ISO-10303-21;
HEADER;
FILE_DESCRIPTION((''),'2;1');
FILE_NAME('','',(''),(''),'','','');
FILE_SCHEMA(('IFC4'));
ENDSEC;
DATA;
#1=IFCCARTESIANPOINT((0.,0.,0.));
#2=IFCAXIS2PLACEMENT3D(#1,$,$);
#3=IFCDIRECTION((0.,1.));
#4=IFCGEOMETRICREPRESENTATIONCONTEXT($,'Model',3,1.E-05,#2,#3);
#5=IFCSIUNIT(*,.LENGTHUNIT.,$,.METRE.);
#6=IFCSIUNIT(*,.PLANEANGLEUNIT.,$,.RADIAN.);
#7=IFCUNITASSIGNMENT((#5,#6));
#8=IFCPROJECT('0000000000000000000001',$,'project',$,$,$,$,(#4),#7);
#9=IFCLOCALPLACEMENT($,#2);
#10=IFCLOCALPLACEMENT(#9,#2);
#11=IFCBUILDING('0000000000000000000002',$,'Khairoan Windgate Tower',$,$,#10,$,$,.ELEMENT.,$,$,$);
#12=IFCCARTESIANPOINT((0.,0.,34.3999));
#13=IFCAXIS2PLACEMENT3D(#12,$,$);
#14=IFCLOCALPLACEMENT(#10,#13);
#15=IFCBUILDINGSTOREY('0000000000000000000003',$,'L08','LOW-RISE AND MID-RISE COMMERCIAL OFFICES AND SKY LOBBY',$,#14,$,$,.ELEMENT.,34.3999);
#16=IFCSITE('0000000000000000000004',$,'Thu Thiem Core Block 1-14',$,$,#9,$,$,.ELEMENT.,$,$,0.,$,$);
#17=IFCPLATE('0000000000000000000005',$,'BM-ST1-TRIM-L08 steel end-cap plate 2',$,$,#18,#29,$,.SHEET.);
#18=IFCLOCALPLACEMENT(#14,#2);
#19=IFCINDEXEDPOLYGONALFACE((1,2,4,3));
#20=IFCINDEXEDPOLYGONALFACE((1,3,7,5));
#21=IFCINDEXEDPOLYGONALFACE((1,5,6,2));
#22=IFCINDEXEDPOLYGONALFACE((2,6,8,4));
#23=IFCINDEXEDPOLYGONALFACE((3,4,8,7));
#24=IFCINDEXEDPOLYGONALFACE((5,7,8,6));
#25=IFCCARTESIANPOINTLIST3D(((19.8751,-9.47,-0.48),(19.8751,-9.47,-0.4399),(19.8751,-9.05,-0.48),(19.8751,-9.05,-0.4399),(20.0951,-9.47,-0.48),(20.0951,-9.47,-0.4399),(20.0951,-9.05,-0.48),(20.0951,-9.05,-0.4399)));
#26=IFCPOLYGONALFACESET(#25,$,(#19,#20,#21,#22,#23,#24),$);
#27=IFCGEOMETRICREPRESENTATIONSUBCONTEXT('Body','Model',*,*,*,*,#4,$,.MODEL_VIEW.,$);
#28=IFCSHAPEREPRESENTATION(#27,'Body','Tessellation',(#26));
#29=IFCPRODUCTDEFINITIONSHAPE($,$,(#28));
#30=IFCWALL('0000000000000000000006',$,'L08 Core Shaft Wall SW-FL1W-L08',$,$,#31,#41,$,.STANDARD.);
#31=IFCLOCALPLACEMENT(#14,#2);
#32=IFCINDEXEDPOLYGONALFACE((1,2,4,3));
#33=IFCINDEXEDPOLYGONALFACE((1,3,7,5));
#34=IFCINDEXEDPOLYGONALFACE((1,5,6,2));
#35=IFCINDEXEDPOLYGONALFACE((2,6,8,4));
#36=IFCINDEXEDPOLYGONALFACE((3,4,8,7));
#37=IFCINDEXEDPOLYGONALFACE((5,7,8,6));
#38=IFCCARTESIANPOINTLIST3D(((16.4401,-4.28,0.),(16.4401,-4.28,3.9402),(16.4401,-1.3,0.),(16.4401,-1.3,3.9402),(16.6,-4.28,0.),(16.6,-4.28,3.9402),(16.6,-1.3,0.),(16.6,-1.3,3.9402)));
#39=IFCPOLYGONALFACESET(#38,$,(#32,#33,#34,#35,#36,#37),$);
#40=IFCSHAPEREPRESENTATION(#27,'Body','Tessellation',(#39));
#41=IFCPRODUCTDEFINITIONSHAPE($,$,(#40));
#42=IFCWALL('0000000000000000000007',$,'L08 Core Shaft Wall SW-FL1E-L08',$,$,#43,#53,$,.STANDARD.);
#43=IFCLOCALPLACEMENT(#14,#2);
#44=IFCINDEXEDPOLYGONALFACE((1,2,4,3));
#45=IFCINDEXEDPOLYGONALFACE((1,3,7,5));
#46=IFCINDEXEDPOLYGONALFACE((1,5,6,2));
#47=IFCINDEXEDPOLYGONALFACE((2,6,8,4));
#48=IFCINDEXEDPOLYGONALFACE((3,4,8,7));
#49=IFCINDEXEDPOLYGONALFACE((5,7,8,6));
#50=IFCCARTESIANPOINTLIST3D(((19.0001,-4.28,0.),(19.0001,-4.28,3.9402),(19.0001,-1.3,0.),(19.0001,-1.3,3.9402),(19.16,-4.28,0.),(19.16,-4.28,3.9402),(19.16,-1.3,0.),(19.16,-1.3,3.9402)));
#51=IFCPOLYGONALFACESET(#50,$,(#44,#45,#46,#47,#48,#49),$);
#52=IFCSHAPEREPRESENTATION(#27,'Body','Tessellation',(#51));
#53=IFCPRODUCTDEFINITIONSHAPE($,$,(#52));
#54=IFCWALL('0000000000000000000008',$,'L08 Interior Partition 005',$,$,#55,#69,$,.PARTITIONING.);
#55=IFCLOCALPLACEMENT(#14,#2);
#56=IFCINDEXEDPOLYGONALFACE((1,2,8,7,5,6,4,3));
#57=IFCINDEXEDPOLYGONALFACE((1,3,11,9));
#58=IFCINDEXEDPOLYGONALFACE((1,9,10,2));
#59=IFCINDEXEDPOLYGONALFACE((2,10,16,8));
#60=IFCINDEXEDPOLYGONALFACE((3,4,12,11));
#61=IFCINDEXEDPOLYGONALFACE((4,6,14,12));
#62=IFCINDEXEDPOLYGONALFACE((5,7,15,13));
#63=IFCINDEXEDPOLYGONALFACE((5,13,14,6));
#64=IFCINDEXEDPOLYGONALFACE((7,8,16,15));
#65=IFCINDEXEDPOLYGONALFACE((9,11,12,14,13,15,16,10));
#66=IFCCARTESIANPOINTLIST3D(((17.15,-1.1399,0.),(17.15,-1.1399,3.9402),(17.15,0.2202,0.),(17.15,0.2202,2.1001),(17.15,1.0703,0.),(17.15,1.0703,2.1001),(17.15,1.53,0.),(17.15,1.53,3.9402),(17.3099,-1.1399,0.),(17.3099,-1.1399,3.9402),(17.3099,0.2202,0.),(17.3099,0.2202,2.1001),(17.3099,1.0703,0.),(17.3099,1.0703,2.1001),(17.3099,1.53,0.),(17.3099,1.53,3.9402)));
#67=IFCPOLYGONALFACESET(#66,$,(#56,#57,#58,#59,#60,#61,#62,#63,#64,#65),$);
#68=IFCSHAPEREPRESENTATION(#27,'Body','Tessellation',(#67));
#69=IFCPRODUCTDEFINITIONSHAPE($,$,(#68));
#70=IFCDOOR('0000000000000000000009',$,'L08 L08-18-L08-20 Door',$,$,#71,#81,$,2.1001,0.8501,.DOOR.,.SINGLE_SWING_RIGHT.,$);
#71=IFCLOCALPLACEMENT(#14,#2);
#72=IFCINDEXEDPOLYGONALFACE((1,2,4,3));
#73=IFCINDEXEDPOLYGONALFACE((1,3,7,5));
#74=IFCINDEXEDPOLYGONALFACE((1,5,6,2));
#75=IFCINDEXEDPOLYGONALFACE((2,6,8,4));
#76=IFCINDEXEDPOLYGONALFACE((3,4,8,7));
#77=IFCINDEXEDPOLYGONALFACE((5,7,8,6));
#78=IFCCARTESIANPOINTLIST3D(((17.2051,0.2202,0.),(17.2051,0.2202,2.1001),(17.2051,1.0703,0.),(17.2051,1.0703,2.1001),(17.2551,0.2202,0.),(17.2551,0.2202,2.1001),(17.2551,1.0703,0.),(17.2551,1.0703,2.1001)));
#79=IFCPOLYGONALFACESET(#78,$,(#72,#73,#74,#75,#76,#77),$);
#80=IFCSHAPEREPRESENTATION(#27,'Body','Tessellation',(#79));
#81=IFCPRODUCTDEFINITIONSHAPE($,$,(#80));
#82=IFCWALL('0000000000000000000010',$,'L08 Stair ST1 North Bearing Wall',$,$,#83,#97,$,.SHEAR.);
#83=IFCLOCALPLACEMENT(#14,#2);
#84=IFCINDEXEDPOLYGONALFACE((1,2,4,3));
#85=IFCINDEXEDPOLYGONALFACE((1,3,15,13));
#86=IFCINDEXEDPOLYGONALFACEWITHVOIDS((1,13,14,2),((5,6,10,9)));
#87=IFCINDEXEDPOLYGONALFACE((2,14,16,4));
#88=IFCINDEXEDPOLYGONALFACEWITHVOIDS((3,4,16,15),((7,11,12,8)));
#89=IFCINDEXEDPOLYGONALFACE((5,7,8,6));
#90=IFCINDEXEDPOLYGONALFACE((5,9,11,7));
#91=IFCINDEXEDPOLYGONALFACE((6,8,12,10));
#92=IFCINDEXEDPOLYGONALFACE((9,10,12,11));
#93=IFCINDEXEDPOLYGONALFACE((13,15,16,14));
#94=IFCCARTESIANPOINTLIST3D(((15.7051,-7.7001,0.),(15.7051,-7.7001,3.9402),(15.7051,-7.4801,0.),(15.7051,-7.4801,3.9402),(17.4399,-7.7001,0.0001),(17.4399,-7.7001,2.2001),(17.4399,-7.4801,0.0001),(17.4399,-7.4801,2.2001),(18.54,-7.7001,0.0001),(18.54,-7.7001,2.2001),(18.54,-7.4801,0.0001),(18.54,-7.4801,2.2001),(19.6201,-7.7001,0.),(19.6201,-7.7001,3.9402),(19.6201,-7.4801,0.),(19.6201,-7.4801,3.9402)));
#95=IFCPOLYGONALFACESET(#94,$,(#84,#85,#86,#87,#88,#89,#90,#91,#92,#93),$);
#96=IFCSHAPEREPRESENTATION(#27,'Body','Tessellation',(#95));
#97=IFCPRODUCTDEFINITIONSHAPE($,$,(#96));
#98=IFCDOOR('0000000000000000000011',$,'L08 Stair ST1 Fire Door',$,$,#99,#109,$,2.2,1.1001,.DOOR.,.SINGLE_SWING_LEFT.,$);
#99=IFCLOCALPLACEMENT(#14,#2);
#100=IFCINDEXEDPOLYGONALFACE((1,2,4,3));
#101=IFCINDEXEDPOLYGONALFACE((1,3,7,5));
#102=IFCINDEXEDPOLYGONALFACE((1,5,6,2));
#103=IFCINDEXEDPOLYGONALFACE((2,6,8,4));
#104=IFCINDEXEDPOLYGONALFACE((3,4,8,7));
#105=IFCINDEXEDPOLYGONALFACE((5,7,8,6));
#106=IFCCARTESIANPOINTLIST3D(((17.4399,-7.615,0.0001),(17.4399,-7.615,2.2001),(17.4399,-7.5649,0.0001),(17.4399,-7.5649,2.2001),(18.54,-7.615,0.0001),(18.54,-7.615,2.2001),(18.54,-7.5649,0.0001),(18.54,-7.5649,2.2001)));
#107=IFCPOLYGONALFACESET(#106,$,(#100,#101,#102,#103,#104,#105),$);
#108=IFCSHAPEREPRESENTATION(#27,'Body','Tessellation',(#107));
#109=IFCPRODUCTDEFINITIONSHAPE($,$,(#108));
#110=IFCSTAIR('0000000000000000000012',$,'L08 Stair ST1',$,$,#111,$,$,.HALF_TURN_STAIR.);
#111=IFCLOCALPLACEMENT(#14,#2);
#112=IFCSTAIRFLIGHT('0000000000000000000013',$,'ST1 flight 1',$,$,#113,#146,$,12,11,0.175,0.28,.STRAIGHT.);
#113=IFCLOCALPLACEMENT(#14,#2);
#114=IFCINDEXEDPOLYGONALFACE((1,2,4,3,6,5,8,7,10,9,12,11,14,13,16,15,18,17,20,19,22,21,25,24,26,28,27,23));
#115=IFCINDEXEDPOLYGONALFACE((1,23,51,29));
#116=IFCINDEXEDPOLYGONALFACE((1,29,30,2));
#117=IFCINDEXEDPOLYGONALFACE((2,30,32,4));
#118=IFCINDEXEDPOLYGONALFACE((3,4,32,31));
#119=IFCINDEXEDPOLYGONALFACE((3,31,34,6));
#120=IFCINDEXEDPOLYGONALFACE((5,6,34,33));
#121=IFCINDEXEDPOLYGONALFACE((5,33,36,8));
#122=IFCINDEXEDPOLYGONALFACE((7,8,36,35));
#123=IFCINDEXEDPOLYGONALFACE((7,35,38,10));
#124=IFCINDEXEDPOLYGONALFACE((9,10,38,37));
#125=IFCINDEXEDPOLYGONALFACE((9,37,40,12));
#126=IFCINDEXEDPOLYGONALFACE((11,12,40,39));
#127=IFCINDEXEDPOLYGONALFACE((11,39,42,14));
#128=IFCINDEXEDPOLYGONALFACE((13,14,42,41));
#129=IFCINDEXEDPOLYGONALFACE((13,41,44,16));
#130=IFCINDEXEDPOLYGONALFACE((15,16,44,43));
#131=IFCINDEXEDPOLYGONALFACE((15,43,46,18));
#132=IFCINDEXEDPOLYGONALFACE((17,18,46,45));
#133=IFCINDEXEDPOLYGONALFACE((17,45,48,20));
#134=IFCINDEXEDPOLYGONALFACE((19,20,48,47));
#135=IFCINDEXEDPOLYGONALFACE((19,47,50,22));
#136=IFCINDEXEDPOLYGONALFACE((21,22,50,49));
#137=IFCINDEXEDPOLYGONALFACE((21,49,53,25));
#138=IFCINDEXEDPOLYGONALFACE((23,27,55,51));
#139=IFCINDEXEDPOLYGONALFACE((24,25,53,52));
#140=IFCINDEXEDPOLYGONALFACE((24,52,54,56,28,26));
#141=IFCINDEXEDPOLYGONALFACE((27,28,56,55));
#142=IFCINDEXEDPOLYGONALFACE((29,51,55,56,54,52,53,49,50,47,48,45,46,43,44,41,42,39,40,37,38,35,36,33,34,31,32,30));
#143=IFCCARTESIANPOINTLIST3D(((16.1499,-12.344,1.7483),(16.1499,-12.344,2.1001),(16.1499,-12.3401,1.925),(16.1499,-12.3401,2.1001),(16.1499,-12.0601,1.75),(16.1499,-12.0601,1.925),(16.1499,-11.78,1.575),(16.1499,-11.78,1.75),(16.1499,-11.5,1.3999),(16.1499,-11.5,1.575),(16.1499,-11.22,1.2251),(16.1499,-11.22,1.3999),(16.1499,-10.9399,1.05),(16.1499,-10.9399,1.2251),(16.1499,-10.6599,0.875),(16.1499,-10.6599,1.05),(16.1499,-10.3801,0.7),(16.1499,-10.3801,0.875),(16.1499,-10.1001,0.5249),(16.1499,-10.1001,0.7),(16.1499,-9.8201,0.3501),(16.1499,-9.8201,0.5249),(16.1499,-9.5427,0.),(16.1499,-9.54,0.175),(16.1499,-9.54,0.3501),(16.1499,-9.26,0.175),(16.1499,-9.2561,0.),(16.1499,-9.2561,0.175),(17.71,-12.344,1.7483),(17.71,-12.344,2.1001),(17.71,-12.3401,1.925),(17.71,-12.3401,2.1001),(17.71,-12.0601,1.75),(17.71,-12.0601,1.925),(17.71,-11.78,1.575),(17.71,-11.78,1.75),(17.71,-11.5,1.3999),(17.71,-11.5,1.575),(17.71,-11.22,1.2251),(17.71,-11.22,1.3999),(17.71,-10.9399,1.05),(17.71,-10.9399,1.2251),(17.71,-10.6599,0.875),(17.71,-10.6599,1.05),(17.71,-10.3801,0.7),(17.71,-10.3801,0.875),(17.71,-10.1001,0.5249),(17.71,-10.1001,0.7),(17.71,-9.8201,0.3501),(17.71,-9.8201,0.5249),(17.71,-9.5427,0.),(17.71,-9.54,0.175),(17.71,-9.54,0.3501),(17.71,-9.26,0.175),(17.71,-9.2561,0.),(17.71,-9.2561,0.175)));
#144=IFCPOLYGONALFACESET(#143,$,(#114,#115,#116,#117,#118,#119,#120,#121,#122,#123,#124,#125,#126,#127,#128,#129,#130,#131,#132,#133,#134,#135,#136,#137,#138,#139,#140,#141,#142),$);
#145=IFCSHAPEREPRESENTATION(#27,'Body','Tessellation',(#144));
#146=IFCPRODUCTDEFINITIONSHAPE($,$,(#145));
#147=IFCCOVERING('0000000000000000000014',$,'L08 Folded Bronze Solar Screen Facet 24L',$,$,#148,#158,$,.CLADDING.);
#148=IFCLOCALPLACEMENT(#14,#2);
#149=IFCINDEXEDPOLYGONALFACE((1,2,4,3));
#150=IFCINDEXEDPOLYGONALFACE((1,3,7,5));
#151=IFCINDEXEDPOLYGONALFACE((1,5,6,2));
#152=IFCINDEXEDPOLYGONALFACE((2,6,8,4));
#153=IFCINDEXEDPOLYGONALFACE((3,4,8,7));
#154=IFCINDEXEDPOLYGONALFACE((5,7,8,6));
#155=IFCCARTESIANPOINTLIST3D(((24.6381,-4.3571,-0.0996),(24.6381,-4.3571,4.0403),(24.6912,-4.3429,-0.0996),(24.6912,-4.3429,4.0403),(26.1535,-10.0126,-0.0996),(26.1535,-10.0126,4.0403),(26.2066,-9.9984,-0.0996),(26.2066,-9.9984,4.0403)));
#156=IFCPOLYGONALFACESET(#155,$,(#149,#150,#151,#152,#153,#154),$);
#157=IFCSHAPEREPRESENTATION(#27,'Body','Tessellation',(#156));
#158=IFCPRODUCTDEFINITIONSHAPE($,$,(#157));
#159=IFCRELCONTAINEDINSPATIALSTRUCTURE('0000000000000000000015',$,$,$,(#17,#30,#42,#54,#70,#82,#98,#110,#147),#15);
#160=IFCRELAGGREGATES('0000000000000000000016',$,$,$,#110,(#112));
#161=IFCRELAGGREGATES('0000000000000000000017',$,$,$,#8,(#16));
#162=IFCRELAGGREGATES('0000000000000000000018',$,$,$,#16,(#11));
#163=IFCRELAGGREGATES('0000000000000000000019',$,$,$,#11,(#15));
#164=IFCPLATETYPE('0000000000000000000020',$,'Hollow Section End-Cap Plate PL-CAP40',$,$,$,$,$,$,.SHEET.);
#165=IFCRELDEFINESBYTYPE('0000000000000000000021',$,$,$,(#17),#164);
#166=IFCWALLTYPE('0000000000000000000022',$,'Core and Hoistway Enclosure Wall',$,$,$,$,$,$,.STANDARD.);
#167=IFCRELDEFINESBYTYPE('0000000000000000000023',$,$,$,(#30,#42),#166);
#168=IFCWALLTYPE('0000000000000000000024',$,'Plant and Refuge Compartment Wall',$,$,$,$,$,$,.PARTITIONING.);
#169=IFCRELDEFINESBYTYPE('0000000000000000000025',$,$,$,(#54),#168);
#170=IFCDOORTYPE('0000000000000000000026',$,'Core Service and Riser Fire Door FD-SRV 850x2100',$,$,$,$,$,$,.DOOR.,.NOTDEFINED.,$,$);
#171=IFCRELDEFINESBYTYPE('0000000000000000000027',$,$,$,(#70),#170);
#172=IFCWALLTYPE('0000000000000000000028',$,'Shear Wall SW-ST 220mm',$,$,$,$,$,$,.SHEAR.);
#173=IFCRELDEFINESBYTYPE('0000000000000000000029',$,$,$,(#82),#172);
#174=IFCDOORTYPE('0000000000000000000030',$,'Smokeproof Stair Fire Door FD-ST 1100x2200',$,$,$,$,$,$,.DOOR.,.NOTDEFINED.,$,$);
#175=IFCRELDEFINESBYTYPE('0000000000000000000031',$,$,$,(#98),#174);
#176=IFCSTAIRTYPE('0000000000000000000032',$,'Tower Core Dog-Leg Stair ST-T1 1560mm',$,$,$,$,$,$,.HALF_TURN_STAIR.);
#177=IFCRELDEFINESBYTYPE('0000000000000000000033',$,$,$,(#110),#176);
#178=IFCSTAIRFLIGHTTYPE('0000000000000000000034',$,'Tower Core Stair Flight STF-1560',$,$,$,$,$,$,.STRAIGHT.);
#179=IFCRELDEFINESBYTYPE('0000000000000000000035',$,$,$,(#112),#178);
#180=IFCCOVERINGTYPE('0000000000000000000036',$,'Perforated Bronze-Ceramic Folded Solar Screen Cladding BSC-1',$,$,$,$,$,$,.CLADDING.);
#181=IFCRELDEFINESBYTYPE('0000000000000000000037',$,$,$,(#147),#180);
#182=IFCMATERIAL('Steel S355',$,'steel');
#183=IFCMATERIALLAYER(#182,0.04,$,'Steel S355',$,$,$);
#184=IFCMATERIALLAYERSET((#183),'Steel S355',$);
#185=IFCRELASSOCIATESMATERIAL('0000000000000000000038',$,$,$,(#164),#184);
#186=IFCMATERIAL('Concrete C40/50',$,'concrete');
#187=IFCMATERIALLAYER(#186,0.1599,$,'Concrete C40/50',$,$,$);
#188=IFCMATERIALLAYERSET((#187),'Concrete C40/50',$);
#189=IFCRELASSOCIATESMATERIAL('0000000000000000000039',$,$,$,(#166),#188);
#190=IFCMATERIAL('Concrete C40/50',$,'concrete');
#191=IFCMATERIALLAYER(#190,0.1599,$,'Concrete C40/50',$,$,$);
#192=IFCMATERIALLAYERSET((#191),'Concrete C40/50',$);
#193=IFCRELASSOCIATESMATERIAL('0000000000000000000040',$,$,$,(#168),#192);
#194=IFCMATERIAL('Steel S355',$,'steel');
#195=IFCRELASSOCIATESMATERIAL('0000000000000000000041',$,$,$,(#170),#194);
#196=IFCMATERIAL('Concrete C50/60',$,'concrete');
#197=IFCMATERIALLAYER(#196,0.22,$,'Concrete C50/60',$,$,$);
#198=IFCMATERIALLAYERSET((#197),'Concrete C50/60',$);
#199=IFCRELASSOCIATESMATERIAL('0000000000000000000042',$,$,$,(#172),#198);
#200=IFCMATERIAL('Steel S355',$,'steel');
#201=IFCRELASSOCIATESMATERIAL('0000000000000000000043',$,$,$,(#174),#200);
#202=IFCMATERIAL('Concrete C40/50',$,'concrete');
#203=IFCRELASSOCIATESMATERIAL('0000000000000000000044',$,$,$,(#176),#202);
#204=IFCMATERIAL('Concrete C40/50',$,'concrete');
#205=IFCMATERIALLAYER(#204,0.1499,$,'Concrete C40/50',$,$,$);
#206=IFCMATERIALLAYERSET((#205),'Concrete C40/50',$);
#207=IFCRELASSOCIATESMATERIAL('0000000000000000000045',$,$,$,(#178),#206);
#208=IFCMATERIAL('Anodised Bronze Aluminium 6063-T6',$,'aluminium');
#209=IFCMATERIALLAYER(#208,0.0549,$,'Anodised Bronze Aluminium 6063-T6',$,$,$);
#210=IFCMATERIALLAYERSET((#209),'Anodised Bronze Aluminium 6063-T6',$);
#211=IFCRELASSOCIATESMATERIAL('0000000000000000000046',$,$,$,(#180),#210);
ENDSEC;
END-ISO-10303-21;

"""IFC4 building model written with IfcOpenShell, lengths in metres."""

from ifc_helpers import new_model, si_unit, direction, frame, frame_2d, origin, origin_2d, place, context, subcontext, project, spatial, polyline, rectangle, outline, extrude, material, layer, layer_set, type_object, element, fill, aggregate, save


model = new_model("IFC4")

# Units and contexts
model_context = context("Model", 3, precision=1e-05, world=origin(), true_north=direction((0.0, 1.0)))
body_context = subcontext(model_context, "Body", "Model", "MODEL_VIEW")
ifc_project = project(units=[si_unit("LENGTHUNIT", "METRE"), si_unit("PLANEANGLEUNIT", "RADIAN")], contexts=[model_context])

# Site, building, storey
site_placement = place(None, origin())
site = spatial("IfcSite", under=ifc_project, at=site_placement, Name="Thu Thiem Core Block 1-14", CompositionType="ELEMENT", RefElevation=0.0)
building_placement = place(site_placement, origin())
building = spatial("IfcBuilding", under=site, at=building_placement, Name="Khairoan Windgate Tower", CompositionType="ELEMENT")
storey_placement = place(building_placement, frame((0.0, 0.0, 34.3999)))
storey = spatial("IfcBuildingStorey", under=building, at=storey_placement, Name="L08", Description="LOW-RISE AND MID-RISE COMMERCIAL OFFICES AND SKY LOBBY", CompositionType="ELEMENT", Elevation=34.3999)

# Plate
ifc_material_1 = material(Name="Steel S355", Category="steel")
ifc_layer_1 = layer(ifc_material_1, 0.04, Name="Steel S355")
ifc_layer_set_1 = layer_set([ifc_layer_1], Name="Steel S355")
plate_type = type_object("IfcPlateType", Name="Hollow Section End-Cap Plate PL-CAP40", PredefinedType="SHEET", material=ifc_layer_set_1)
for number, where, z_axis, x_axis, name in (
    (1, (19.9851, -9.26, -0.48), (0.0, 0.0, 1.0), (1.0, 0.0, 0.0), "BM-ST1-TRIM-L08 steel end-cap plate 2"),
):
    element("IfcPlate", number, at=place(storey_placement, frame(where, z_axis=z_axis, x_axis=x_axis)), inside=storey, type_object=plate_type, Name=name, PredefinedType="SHEET", context=body_context, shape_type="SweptSolid", body=[
        extrude(rectangle(XDim=0.22, YDim=0.4199, at=origin_2d()), origin(), (0.0, 0.0, 1.0), 0.04),
    ])

# Walls
ifc_material_2 = material(Name="Concrete C40/50", Category="concrete")
ifc_layer_2 = layer(ifc_material_2, 0.1599, Name="Concrete C40/50")
ifc_layer_set_2 = layer_set([ifc_layer_2], Name="Concrete C40/50")
wall_type_1 = type_object("IfcWallType", Name="Core and Hoistway Enclosure Wall", PredefinedType="STANDARD", material=ifc_layer_set_2)
for number, where, z_axis, x_axis, name in (
    (2, (16.52, -4.28, 0.0), (0.0, 0.0, 1.0), (0.0, 1.0, 0.0), "L08 Core Shaft Wall SW-FL1W-L08"),
    (3, (19.0801, -4.28, 0.0), (0.0, 0.0, 1.0), (0.0, 1.0, 0.0), "L08 Core Shaft Wall SW-FL1E-L08"),
):
    element("IfcWall", number, at=place(storey_placement, frame(where, z_axis=z_axis, x_axis=x_axis)), inside=storey, type_object=wall_type_1, Name=name, PredefinedType="STANDARD", context=body_context, shape_type="SweptSolid", body=[
        extrude(rectangle(XDim=2.98, YDim=0.1599, at=frame_2d((1.49, 0.0))), origin(), (0.0, 0.0, 1.0), 3.9402),
    ])

# Walls, openings, doors
ifc_material_3 = material(Name="Concrete C40/50", Category="concrete")
ifc_layer_3 = layer(ifc_material_3, 0.1599, Name="Concrete C40/50")
ifc_layer_set_3 = layer_set([ifc_layer_3], Name="Concrete C40/50")
wall_type_2 = type_object("IfcWallType", Name="Plant and Refuge Compartment Wall", PredefinedType="PARTITIONING", material=ifc_layer_set_3)
wall_1_placement = place(storey_placement, frame((17.23, -1.1399, 0.0), z_axis=(0.0, 0.0, 1.0), x_axis=(0.0, 1.0, 0.0)))
wall_1 = element("IfcWall", 4, at=wall_1_placement, inside=storey, type_object=wall_type_2, Name="L08 Interior Partition 005", PredefinedType="PARTITIONING", context=body_context, shape_type="SweptSolid", body=[
    extrude(rectangle(XDim=2.6699, YDim=0.1599, at=frame_2d((1.335, 0.0))), origin(), (0.0, 0.0, 1.0), 3.9402),
])
opening_1_placement = place(wall_1_placement, frame((1.3601, 0.0, 0.0)))
opening_1 = element("IfcOpeningElement", 5, at=opening_1_placement, cuts=wall_1, PredefinedType="OPENING", context=body_context, shape_type="SweptSolid", body=[
    extrude(rectangle(XDim=0.8501, YDim=2.1001, at=frame_2d((0.425, 1.05))), frame((0.0, 0.0898, 0.0), z_axis=(0.0, -1.0, 0.0), x_axis=(1.0, 0.0, 0.0)), (0.0, 0.0, 1.0), 0.1799),
])
ifc_material_4 = material(Name="Steel S355", Category="steel")
door_type_1 = type_object("IfcDoorType", Name="Core Service and Riser Fire Door FD-SRV 850x2100", OperationType="NOTDEFINED", PredefinedType="DOOR", material=ifc_material_4)
door_1_placement = place(opening_1_placement, origin())
door_1 = element("IfcDoor", 6, at=door_1_placement, inside=storey, type_object=door_type_1, Name="L08 L08-18-L08-20 Door", OperationType="SINGLE_SWING_RIGHT", OverallHeight=2.1001, OverallWidth=0.8501, PredefinedType="DOOR", context=body_context, shape_type="SweptSolid", body=[
    extrude(rectangle(XDim=0.8501, YDim=2.1001, at=frame_2d((0.425, 1.05))), frame((0.0, 0.0249, 0.0), z_axis=(0.0, -1.0, 0.0), x_axis=(1.0, 0.0, 0.0)), (0.0, 0.0, 1.0), 0.05),
])
fill(opening_1, door_1)
ifc_material_5 = material(Name="Concrete C50/60", Category="concrete")
ifc_layer_4 = layer(ifc_material_5, 0.22, Name="Concrete C50/60")
ifc_layer_set_4 = layer_set([ifc_layer_4], Name="Concrete C50/60")
wall_type_3 = type_object("IfcWallType", Name="Shear Wall SW-ST 220mm", PredefinedType="SHEAR", material=ifc_layer_set_4)
wall_2_placement = place(storey_placement, frame((19.6201, -7.5901, 0.0), z_axis=(0.0, 0.0, 1.0), x_axis=(-1.0, 0.0, 0.0)))
wall_2 = element("IfcWall", 7, at=wall_2_placement, inside=storey, type_object=wall_type_3, Name="L08 Stair ST1 North Bearing Wall", PredefinedType="SHEAR", context=body_context, shape_type="SweptSolid", body=[
    extrude(rectangle(XDim=3.915, YDim=0.22, at=frame_2d((1.9575, 0.0))), origin(), (0.0, 0.0, 1.0), 3.9402),
])
opening_2_placement = place(wall_2_placement, frame((1.0801, 0.0, 0.0)))
opening_2 = element("IfcOpeningElement", 8, at=opening_2_placement, cuts=wall_2, PredefinedType="OPENING", context=body_context, shape_type="SweptSolid", body=[
    extrude(rectangle(XDim=1.1001, YDim=2.2, at=frame_2d((0.55, 1.1001))), frame((0.0, 0.1199, 0.0), z_axis=(0.0, -1.0, 0.0), x_axis=(1.0, 0.0, 0.0)), (0.0, 0.0, 1.0), 0.24),
])
ifc_material_6 = material(Name="Steel S355", Category="steel")
door_type_2 = type_object("IfcDoorType", Name="Smokeproof Stair Fire Door FD-ST 1100x2200", OperationType="NOTDEFINED", PredefinedType="DOOR", material=ifc_material_6)
door_2_placement = place(opening_2_placement, origin())
door_2 = element("IfcDoor", 9, at=door_2_placement, inside=storey, type_object=door_type_2, Name="L08 Stair ST1 Fire Door", OperationType="SINGLE_SWING_LEFT", OverallHeight=2.2, OverallWidth=1.1001, PredefinedType="DOOR", context=body_context, shape_type="SweptSolid", body=[
    extrude(rectangle(XDim=1.1001, YDim=2.2, at=frame_2d((0.55, 1.1001))), frame((0.0, 0.0249, 0.0), z_axis=(0.0, -1.0, 0.0), x_axis=(1.0, 0.0, 0.0)), (0.0, 0.0, 1.0), 0.05),
])
fill(opening_2, door_2)

# Stair, stair flight
ifc_material_7 = material(Name="Concrete C40/50", Category="concrete")
stair_type = type_object("IfcStairType", Name="Tower Core Dog-Leg Stair ST-T1 1560mm", PredefinedType="HALF_TURN_STAIR", material=ifc_material_7)
stair_placement = place(storey_placement, origin())
stair = element("IfcStair", 10, at=stair_placement, inside=storey, type_object=stair_type, Name="L08 Stair ST1", PredefinedType="HALF_TURN_STAIR")
ifc_material_8 = material(Name="Concrete C40/50", Category="concrete")
ifc_layer_5 = layer(ifc_material_8, 0.1499, Name="Concrete C40/50")
ifc_layer_set_5 = layer_set([ifc_layer_5], Name="Concrete C40/50")
stair_flight_type = type_object("IfcStairFlightType", Name="Tower Core Stair Flight STF-1560", PredefinedType="STRAIGHT", material=ifc_layer_set_5)
stair_flight_placement = place(storey_placement, frame((16.9299, -9.26, 0.0), z_axis=(0.0, 0.0, 1.0), x_axis=(0.0, -1.0, 0.0)))
stair_flight = element("IfcStairFlight", 11, at=stair_flight_placement, type_object=stair_flight_type, Name="ST1 flight 1", NumberOfRisers=12, NumberOfTreads=11, PredefinedType="STRAIGHT", RiserHeight=0.175, TreadLength=0.28, context=body_context, shape_type="SweptSolid", body=[
    extrude(outline(polyline([(-0.0039, 0.0), (-0.0039, 0.175), (0.0, 0.175), (0.28, 0.175), (0.28, 0.3501), (0.5601, 0.3501), (0.5601, 0.5249), (0.8401, 0.5249), (0.8401, 0.7), (1.1201, 0.7), (1.1201, 0.875), (1.3999, 0.875), (1.3999, 1.05), (1.6799, 1.05), (1.6799, 1.2251), (1.96, 1.2251), (1.96, 1.3999), (2.24, 1.3999), (2.24, 1.575), (2.52, 1.575), (2.52, 1.75), (2.8, 1.75), (2.8, 1.925), (3.0801, 1.925), (3.0801, 2.1001), (3.084, 2.1001), (3.084, 1.7483), (0.2827, 0.0), (-0.0039, 0.0)])), frame((0.0, 0.78, 0.0), z_axis=(0.0, -1.0, 0.0), x_axis=(1.0, 0.0, 0.0)), (0.0, 0.0, 1.0), 1.5601),
])
aggregate(stair, [stair_flight])

# Covering
ifc_material_9 = material(Name="Anodised Bronze Aluminium 6063-T6", Category="aluminium")
ifc_layer_6 = layer(ifc_material_9, 0.0549, Name="Anodised Bronze Aluminium 6063-T6")
ifc_layer_set_6 = layer_set([ifc_layer_6], Name="Anodised Bronze Aluminium 6063-T6")
covering_type = type_object("IfcCoveringType", Name="Perforated Bronze-Ceramic Folded Solar Screen Cladding BSC-1", PredefinedType="CLADDING", material=ifc_layer_set_6)
covering_placement = place(storey_placement, frame((25.4224, -7.1777, -0.0996), z_axis=(0.0, 0.0, 1.0), x_axis=(0.258819, -0.965926, 0.0)))
element("IfcCovering", 12, at=covering_placement, inside=storey, type_object=covering_type, Name="L08 Folded Bronze Solar Screen Facet 24L", PredefinedType="CLADDING", context=body_context, shape_type="SweptSolid", body=[
    extrude(rectangle(XDim=5.855, YDim=0.0549, at=origin_2d()), origin(), (0.0, 0.0, 1.0), 4.1399),
])

save(model, "model.ifc")
